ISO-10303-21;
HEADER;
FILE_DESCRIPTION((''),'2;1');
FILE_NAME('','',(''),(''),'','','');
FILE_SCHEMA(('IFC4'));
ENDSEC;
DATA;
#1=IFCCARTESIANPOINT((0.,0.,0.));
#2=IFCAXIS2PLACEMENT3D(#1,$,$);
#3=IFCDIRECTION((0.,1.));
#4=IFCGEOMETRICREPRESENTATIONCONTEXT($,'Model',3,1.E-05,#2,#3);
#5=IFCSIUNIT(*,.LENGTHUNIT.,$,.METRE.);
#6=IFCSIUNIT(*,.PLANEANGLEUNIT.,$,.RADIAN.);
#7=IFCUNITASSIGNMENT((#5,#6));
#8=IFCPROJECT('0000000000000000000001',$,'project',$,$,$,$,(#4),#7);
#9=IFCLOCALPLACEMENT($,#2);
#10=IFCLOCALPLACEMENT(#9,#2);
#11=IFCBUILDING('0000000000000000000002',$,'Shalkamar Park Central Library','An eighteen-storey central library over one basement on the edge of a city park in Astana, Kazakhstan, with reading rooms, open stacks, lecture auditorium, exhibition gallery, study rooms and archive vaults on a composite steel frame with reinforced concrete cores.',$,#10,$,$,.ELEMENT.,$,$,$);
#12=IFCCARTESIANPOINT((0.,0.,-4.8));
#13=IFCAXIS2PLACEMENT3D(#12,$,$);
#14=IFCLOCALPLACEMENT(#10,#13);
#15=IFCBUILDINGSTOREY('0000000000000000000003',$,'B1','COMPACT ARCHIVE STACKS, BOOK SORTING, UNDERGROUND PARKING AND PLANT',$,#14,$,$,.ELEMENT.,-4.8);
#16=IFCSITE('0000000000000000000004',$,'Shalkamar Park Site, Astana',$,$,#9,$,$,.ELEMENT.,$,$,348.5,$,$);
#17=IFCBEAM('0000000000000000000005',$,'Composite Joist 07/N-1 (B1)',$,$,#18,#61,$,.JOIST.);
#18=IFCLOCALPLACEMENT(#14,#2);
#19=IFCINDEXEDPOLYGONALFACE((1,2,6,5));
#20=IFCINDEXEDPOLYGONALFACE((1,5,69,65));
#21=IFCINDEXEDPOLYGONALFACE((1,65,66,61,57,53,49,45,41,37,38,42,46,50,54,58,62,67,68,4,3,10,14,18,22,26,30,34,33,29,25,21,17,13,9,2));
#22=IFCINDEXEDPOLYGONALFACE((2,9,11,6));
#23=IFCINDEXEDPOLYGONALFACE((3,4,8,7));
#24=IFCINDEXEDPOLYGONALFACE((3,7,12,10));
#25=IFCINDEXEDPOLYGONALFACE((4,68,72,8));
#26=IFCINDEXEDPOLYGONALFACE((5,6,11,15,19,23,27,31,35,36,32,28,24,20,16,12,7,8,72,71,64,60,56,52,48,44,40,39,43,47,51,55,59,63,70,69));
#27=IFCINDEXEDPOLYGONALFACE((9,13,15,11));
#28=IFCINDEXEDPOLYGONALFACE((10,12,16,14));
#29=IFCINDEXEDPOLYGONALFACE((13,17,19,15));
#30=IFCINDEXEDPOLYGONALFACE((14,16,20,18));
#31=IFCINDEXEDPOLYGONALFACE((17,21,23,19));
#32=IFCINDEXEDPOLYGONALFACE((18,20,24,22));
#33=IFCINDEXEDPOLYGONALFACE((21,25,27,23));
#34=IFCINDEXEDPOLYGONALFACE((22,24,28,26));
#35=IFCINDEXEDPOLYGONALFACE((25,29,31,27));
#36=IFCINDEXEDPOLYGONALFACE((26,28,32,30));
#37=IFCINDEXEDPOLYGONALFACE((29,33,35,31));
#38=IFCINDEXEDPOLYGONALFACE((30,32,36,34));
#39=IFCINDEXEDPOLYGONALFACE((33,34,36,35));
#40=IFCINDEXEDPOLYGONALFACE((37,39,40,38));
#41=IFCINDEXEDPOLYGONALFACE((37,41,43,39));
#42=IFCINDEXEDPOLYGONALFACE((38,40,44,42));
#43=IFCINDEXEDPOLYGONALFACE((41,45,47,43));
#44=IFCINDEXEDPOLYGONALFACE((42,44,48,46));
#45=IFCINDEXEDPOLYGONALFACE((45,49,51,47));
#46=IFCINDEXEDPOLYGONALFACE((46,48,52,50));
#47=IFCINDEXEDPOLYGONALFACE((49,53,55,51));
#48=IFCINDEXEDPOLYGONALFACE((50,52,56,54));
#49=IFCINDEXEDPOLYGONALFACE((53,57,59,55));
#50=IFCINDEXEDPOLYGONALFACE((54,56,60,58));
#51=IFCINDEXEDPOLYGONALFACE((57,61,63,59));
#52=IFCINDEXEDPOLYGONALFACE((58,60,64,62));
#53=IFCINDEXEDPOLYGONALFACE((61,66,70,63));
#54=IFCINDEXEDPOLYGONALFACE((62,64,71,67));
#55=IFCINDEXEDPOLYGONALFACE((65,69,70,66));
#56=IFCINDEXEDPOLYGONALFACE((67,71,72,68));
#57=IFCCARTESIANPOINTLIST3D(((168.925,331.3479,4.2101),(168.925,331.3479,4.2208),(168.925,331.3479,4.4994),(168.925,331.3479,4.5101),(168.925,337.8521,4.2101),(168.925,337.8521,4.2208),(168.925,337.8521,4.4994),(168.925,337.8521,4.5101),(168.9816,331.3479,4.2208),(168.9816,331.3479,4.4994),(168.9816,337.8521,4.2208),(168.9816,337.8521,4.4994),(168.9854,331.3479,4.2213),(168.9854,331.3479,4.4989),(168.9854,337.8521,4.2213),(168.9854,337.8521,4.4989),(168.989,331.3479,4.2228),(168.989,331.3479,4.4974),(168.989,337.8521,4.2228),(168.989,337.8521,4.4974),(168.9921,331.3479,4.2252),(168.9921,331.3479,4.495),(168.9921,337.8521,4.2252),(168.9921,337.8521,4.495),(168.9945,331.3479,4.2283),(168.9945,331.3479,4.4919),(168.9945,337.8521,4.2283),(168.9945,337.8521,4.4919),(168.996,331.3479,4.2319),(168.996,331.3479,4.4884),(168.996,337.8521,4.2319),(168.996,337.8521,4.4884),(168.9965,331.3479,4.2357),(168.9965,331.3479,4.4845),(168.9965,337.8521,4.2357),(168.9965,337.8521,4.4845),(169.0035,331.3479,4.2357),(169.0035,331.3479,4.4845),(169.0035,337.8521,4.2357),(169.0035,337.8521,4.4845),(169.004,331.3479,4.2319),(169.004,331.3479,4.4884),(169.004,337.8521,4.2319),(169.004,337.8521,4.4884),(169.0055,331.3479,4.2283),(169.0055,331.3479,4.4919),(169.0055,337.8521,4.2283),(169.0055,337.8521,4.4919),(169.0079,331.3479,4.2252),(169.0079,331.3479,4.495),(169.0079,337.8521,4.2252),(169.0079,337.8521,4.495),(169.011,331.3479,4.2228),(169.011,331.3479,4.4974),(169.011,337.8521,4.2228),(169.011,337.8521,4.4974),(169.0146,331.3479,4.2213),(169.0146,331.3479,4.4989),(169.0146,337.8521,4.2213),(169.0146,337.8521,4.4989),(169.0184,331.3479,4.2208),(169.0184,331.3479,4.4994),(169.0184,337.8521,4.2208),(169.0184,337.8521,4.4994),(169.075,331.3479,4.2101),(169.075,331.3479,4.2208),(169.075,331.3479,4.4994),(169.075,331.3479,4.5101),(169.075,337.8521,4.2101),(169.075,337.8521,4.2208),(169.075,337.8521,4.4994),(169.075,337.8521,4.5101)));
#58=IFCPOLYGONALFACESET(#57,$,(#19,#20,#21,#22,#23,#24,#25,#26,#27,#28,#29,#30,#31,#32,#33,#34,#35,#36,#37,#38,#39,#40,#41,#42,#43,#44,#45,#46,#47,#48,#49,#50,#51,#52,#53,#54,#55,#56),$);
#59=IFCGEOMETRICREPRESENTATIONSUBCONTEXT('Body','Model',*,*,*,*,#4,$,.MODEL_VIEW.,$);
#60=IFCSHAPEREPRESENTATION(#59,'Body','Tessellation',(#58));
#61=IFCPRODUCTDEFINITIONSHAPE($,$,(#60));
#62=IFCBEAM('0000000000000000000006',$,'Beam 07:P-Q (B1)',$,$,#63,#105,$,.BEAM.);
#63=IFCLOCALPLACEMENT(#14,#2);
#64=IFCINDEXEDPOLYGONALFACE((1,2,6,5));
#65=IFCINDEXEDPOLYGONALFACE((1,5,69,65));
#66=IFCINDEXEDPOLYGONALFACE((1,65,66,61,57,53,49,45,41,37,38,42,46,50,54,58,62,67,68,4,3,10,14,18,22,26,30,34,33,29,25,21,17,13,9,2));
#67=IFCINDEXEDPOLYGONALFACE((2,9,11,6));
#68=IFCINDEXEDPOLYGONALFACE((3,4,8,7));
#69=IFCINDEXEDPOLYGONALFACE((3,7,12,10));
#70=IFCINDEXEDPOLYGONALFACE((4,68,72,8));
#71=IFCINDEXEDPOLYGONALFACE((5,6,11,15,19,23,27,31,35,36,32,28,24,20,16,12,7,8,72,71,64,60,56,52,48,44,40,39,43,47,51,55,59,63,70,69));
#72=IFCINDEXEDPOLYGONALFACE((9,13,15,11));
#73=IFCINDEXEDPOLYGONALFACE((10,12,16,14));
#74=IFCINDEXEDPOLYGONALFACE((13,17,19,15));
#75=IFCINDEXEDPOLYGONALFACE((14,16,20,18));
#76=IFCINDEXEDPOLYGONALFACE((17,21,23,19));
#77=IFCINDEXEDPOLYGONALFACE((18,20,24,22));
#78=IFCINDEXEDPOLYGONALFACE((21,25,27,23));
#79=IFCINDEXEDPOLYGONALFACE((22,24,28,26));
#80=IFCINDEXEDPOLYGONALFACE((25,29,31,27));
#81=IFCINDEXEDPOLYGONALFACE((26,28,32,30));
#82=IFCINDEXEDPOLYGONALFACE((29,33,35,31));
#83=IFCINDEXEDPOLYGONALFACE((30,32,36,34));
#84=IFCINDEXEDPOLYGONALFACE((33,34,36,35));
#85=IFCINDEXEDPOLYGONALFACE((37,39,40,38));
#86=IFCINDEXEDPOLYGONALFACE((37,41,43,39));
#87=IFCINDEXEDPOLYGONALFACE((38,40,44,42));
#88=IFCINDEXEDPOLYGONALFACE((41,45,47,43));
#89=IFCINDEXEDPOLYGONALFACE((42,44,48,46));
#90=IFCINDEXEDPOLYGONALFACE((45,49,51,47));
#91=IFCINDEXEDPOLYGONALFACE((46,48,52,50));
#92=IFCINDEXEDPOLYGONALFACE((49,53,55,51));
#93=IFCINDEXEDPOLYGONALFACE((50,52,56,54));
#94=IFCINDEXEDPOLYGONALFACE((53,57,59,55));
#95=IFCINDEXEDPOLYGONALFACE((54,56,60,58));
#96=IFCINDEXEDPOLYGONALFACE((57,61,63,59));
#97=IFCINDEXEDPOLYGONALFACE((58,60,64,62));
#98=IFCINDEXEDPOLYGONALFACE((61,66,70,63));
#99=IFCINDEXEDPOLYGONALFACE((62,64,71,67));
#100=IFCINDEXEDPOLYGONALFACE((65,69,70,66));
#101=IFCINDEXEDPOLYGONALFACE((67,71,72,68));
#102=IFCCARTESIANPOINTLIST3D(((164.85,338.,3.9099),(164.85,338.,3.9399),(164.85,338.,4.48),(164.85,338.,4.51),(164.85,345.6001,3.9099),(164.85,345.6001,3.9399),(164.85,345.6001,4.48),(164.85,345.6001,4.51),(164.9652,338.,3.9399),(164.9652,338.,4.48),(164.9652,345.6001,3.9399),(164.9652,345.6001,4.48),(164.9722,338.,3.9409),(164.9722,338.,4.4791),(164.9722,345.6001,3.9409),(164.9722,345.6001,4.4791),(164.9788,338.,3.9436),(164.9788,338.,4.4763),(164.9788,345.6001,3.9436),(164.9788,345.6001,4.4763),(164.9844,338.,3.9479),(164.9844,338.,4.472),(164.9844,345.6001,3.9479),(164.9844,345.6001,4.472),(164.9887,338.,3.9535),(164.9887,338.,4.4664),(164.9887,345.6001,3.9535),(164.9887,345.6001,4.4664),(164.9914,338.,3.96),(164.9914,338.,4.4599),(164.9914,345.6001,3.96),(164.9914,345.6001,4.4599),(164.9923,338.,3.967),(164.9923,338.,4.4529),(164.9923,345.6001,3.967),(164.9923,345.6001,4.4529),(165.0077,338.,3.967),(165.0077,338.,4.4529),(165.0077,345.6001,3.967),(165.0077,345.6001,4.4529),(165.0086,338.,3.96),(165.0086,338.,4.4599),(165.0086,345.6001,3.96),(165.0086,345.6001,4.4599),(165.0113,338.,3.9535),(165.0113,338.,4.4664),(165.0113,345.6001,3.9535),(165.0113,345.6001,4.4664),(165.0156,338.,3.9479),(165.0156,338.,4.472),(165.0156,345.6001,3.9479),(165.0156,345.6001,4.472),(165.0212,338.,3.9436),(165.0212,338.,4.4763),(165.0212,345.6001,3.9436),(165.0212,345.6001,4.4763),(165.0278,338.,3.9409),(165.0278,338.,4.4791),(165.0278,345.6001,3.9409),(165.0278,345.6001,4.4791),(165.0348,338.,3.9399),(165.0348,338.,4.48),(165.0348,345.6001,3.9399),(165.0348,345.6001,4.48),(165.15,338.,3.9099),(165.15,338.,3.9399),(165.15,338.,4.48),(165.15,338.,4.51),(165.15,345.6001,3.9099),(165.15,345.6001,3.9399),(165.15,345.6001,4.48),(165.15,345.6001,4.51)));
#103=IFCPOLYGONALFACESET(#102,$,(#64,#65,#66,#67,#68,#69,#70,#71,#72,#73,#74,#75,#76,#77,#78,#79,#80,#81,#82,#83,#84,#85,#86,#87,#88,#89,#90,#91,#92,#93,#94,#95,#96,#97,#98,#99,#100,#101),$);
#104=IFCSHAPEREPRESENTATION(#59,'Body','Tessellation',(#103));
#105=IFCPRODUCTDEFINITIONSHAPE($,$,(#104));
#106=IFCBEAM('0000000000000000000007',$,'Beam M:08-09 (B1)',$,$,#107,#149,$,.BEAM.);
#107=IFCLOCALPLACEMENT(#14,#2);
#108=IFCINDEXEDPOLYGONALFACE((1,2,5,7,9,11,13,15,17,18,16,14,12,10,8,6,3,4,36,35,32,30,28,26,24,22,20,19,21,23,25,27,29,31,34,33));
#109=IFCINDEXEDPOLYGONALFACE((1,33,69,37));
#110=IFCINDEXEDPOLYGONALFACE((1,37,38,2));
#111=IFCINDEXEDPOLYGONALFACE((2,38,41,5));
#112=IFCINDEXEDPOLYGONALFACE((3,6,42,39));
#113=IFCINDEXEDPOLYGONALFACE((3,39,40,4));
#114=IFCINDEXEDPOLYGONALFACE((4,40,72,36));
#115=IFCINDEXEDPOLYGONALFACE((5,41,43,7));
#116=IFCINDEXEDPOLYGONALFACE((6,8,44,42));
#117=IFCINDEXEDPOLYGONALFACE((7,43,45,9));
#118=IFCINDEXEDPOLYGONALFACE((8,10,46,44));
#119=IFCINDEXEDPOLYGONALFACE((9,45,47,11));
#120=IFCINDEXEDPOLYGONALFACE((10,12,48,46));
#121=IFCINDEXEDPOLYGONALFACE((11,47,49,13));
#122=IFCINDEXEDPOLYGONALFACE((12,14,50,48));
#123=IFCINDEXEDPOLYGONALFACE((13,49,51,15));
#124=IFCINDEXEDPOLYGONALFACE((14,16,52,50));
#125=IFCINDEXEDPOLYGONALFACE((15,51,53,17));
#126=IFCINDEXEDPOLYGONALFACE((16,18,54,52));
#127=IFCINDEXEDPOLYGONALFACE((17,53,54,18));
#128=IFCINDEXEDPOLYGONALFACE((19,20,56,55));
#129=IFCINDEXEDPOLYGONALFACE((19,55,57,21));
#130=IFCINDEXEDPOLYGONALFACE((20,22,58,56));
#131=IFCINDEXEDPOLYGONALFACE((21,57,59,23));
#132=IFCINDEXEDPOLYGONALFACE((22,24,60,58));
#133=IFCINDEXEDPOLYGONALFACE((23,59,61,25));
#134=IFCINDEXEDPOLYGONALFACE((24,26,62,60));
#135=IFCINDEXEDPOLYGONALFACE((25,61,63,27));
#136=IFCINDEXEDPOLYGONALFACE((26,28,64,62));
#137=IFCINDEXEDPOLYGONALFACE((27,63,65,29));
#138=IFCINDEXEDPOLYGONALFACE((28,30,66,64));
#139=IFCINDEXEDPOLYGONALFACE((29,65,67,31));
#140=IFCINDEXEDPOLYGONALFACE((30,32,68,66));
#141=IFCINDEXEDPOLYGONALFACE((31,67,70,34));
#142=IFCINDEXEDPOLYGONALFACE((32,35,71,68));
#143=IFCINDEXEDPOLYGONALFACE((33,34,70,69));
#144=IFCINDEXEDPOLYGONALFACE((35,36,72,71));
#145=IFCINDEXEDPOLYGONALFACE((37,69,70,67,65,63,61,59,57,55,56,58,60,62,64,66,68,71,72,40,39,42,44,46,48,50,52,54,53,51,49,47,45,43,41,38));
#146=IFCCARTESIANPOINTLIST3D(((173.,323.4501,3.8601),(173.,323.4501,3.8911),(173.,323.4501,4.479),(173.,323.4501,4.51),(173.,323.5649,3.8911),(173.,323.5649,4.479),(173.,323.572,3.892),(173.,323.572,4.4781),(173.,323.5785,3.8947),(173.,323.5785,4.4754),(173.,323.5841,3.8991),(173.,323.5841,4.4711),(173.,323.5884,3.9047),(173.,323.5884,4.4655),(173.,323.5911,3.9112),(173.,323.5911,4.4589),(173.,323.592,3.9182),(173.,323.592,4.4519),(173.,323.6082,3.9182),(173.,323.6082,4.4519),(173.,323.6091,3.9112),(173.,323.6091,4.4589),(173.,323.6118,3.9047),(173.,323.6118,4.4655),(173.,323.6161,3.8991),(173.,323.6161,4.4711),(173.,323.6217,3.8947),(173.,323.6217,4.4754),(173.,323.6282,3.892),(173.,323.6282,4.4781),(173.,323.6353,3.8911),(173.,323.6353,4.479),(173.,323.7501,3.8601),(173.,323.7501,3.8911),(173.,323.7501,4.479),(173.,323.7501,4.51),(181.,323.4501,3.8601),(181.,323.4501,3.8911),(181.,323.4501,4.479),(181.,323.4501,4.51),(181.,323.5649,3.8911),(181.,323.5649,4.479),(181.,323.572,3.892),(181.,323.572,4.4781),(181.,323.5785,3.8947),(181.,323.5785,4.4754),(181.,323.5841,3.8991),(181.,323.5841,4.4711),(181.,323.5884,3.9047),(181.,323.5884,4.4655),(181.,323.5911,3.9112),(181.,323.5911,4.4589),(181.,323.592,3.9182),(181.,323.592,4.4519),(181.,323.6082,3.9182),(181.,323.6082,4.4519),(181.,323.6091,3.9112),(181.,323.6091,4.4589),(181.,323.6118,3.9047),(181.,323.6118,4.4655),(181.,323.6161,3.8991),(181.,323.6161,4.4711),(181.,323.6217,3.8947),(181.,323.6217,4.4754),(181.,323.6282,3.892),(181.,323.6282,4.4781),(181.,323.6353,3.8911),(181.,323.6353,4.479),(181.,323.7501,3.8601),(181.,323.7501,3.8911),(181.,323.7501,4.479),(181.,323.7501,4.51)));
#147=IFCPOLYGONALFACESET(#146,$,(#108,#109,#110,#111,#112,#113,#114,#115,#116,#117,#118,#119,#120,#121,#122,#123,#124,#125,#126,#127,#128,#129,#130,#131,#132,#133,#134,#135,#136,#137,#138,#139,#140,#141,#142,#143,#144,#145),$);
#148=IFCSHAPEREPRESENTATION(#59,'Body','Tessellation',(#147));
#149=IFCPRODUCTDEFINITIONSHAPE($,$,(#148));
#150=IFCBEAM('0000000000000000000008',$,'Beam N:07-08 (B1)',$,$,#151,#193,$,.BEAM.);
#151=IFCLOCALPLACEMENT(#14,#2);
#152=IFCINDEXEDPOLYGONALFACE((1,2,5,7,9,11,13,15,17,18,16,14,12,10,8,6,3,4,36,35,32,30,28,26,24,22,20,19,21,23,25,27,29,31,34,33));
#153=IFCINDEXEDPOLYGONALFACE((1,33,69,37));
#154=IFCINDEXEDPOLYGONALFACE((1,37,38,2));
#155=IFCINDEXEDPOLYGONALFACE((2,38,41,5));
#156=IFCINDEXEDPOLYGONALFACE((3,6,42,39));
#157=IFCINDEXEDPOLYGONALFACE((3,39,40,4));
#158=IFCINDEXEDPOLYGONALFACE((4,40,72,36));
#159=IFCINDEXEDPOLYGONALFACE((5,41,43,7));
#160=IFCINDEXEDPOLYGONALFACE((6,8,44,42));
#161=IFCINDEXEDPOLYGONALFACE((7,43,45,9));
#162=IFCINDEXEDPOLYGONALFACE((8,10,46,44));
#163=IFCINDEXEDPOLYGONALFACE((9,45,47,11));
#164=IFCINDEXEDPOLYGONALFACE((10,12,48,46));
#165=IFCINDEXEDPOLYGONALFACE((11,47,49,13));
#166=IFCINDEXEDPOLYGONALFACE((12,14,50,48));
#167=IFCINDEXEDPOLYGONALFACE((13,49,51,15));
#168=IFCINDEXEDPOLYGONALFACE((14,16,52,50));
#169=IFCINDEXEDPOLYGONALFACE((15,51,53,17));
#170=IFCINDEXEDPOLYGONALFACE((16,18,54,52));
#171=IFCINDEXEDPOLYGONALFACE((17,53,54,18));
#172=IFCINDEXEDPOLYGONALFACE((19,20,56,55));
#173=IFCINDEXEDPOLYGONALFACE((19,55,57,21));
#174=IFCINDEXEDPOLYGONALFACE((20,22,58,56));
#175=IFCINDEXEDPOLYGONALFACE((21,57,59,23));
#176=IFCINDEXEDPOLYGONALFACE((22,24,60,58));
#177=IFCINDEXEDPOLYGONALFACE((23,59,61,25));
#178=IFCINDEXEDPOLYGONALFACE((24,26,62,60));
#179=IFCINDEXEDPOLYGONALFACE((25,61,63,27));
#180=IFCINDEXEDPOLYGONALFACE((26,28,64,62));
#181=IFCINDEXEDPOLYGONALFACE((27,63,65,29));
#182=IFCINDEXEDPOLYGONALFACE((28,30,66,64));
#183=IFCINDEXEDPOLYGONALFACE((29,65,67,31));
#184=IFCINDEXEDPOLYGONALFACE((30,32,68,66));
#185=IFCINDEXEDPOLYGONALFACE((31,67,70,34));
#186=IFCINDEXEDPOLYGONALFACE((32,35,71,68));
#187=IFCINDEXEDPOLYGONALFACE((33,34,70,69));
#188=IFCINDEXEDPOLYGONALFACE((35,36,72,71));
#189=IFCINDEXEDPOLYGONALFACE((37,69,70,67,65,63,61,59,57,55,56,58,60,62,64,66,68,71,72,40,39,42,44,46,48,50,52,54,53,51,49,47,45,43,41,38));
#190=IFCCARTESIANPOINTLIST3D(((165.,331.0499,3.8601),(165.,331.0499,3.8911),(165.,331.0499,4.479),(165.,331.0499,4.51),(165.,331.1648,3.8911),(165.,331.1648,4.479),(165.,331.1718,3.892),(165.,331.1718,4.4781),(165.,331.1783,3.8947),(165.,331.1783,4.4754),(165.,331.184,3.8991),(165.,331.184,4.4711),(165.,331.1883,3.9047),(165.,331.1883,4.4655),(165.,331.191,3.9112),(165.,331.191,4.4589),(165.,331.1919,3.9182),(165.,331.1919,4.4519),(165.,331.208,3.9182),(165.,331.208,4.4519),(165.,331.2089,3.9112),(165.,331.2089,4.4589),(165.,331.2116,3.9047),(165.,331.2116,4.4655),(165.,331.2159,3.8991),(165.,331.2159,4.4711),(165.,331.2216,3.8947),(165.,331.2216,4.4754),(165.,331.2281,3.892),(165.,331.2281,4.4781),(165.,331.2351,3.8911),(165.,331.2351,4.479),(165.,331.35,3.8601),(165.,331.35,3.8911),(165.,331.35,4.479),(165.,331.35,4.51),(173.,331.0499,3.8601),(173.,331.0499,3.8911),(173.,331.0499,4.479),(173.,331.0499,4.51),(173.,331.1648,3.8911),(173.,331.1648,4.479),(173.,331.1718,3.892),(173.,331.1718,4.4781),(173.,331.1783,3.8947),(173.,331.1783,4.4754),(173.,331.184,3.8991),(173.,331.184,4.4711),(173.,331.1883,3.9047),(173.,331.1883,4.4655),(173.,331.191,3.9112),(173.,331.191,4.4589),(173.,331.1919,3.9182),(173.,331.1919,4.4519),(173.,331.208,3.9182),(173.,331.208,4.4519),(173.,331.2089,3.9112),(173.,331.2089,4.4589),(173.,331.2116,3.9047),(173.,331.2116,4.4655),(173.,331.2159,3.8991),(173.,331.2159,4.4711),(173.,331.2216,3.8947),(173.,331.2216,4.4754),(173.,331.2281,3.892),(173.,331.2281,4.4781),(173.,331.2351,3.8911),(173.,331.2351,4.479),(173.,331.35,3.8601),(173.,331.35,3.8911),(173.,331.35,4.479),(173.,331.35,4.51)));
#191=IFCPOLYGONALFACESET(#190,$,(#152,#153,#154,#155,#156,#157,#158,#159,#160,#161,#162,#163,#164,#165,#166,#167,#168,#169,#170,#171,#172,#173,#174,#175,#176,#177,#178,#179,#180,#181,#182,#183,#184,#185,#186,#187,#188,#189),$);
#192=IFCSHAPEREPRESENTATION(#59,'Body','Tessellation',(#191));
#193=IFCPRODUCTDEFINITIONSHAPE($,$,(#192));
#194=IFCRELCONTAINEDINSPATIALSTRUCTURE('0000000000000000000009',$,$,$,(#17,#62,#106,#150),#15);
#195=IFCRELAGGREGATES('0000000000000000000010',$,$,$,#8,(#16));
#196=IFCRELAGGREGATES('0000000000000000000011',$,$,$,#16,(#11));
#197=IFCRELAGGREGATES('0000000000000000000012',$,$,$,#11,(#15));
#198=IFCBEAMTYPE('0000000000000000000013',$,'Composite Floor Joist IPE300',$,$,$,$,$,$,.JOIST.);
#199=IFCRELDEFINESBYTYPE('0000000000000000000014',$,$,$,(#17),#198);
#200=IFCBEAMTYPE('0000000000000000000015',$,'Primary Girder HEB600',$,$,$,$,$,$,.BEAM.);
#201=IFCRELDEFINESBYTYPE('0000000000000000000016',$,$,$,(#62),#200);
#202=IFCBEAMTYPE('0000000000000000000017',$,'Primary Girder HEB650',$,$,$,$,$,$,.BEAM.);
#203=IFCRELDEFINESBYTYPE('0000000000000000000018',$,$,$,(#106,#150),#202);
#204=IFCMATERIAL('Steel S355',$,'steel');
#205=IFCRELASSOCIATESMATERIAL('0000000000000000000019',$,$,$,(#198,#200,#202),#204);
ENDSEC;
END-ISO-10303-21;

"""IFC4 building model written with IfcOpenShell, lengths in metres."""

from ifc_helpers import new_model, si_unit, direction, frame, origin, origin_2d, place, context, subcontext, project, spatial, i_section, extrude, material, material_profile, profile_set, type_object, element, save


model = new_model("IFC4")

# Units and contexts
model_context = context("Model", 3, precision=1e-05, world=origin(), true_north=direction((0.0, 1.0)))
body_context = subcontext(model_context, "Body", "Model", "MODEL_VIEW")
ifc_project = project(units=[si_unit("LENGTHUNIT", "METRE"), si_unit("PLANEANGLEUNIT", "RADIAN")], contexts=[model_context])

# Site, building, storey
site_placement = place(None, origin())
site = spatial("IfcSite", under=ifc_project, at=site_placement, Name="Shalkamar Park Site, Astana", CompositionType="ELEMENT", RefElevation=348.5)
building_placement = place(site_placement, origin())
building = spatial("IfcBuilding", under=site, at=building_placement, Name="Shalkamar Park Central Library", Description="An eighteen-storey central library over one basement on the edge of a city park in Astana, Kazakhstan, with reading rooms, open stacks, lecture auditorium, exhibition gallery, study rooms and archive vaults on a composite steel frame with reinforced concrete cores.", CompositionType="ELEMENT")
storey_placement = place(building_placement, frame((0.0, 0.0, -4.8)))
storey = spatial("IfcBuildingStorey", under=building, at=storey_placement, Name="B1", Description="COMPACT ARCHIVE STACKS, BOOK SORTING, UNDERGROUND PARKING AND PLANT", CompositionType="ELEMENT", Elevation=-4.8)

# Shared definitions
ifc_material_1 = material(Name="Steel S355", Category="steel")

# Beams
ifc_material_profile_1 = material_profile(ifc_material_1, i_section(OverallWidth=0.1499, OverallDepth=0.3, WebThickness=0.0071, FlangeThickness=0.0107, FilletRadius=0.0149, at=origin_2d()), Name="IPE 300")
ifc_profile_set_1 = profile_set([ifc_material_profile_1], Name="Steel S355")
beam_type_1 = type_object("IfcBeamType", Name="Composite Floor Joist IPE300", PredefinedType="JOIST", material=ifc_profile_set_1)
beam_1_placement = place(storey_placement, frame((169.0, 331.3479, 4.3601), z_axis=(0.0, 1.0, 0.0), x_axis=(-1.0, 0.0, 0.0)))
element("IfcBeam", 1, at=beam_1_placement, inside=storey, type_object=beam_type_1, Name="Composite Joist 07/N-1 (B1)", PredefinedType="JOIST", context=body_context, shape_type="SweptSolid", body=[
    extrude(i_section(OverallWidth=0.1499, OverallDepth=0.3, WebThickness=0.0071, FlangeThickness=0.0107, FilletRadius=0.0149, at=origin_2d()), origin(), (0.0, 0.0, 1.0), 6.5042),
])
ifc_material_profile_2 = material_profile(ifc_material_1, i_section(OverallWidth=0.3, OverallDepth=0.6001, WebThickness=0.0154, FlangeThickness=0.03, FilletRadius=0.0271, at=origin_2d()), Name="HEB 600")
ifc_profile_set_2 = profile_set([ifc_material_profile_2], Name="Steel S355")
beam_type_2 = type_object("IfcBeamType", Name="Primary Girder HEB600", PredefinedType="BEAM", material=ifc_profile_set_2)
beam_2_placement = place(storey_placement, frame((165.0, 338.0, 4.21), z_axis=(0.0, 1.0, 0.0), x_axis=(-1.0, 0.0, 0.0)))
element("IfcBeam", 2, at=beam_2_placement, inside=storey, type_object=beam_type_2, Name="Beam 07:P-Q (B1)", PredefinedType="BEAM", context=body_context, shape_type="SweptSolid", body=[
    extrude(i_section(OverallWidth=0.3, OverallDepth=0.6001, WebThickness=0.0154, FlangeThickness=0.03, FilletRadius=0.0271, at=origin_2d()), origin(), (0.0, 0.0, 1.0), 7.6001),
])
ifc_material_profile_3 = material_profile(ifc_material_1, i_section(OverallWidth=0.3, OverallDepth=0.6499, WebThickness=0.0161, FlangeThickness=0.031, FilletRadius=0.0271, at=origin_2d()), Name="HEB 650")
ifc_profile_set_3 = profile_set([ifc_material_profile_3], Name="Steel S355")
beam_type_3 = type_object("IfcBeamType", Name="Primary Girder HEB650", PredefinedType="BEAM", material=ifc_profile_set_3)
for number, where, z_axis, x_axis, name in (
    (3, (173.0, 323.6001, 4.1851), (1.0, 0.0, 0.0), (0.0, 1.0, 0.0), "Beam M:08-09 (B1)"),
    (4, (165.0, 331.2, 4.1851), (1.0, 0.0, 0.0), (0.0, 1.0, 0.0), "Beam N:07-08 (B1)"),
):
    element("IfcBeam", number, at=place(storey_placement, frame(where, z_axis=z_axis, x_axis=x_axis)), inside=storey, type_object=beam_type_3, Name=name, PredefinedType="BEAM", context=body_context, shape_type="SweptSolid", body=[
        extrude(i_section(OverallWidth=0.3, OverallDepth=0.6499, WebThickness=0.0161, FlangeThickness=0.031, FilletRadius=0.0271, at=origin_2d()), origin(), (0.0, 0.0, 1.0), 8.0),
    ])

save(model, "model.ifc")
